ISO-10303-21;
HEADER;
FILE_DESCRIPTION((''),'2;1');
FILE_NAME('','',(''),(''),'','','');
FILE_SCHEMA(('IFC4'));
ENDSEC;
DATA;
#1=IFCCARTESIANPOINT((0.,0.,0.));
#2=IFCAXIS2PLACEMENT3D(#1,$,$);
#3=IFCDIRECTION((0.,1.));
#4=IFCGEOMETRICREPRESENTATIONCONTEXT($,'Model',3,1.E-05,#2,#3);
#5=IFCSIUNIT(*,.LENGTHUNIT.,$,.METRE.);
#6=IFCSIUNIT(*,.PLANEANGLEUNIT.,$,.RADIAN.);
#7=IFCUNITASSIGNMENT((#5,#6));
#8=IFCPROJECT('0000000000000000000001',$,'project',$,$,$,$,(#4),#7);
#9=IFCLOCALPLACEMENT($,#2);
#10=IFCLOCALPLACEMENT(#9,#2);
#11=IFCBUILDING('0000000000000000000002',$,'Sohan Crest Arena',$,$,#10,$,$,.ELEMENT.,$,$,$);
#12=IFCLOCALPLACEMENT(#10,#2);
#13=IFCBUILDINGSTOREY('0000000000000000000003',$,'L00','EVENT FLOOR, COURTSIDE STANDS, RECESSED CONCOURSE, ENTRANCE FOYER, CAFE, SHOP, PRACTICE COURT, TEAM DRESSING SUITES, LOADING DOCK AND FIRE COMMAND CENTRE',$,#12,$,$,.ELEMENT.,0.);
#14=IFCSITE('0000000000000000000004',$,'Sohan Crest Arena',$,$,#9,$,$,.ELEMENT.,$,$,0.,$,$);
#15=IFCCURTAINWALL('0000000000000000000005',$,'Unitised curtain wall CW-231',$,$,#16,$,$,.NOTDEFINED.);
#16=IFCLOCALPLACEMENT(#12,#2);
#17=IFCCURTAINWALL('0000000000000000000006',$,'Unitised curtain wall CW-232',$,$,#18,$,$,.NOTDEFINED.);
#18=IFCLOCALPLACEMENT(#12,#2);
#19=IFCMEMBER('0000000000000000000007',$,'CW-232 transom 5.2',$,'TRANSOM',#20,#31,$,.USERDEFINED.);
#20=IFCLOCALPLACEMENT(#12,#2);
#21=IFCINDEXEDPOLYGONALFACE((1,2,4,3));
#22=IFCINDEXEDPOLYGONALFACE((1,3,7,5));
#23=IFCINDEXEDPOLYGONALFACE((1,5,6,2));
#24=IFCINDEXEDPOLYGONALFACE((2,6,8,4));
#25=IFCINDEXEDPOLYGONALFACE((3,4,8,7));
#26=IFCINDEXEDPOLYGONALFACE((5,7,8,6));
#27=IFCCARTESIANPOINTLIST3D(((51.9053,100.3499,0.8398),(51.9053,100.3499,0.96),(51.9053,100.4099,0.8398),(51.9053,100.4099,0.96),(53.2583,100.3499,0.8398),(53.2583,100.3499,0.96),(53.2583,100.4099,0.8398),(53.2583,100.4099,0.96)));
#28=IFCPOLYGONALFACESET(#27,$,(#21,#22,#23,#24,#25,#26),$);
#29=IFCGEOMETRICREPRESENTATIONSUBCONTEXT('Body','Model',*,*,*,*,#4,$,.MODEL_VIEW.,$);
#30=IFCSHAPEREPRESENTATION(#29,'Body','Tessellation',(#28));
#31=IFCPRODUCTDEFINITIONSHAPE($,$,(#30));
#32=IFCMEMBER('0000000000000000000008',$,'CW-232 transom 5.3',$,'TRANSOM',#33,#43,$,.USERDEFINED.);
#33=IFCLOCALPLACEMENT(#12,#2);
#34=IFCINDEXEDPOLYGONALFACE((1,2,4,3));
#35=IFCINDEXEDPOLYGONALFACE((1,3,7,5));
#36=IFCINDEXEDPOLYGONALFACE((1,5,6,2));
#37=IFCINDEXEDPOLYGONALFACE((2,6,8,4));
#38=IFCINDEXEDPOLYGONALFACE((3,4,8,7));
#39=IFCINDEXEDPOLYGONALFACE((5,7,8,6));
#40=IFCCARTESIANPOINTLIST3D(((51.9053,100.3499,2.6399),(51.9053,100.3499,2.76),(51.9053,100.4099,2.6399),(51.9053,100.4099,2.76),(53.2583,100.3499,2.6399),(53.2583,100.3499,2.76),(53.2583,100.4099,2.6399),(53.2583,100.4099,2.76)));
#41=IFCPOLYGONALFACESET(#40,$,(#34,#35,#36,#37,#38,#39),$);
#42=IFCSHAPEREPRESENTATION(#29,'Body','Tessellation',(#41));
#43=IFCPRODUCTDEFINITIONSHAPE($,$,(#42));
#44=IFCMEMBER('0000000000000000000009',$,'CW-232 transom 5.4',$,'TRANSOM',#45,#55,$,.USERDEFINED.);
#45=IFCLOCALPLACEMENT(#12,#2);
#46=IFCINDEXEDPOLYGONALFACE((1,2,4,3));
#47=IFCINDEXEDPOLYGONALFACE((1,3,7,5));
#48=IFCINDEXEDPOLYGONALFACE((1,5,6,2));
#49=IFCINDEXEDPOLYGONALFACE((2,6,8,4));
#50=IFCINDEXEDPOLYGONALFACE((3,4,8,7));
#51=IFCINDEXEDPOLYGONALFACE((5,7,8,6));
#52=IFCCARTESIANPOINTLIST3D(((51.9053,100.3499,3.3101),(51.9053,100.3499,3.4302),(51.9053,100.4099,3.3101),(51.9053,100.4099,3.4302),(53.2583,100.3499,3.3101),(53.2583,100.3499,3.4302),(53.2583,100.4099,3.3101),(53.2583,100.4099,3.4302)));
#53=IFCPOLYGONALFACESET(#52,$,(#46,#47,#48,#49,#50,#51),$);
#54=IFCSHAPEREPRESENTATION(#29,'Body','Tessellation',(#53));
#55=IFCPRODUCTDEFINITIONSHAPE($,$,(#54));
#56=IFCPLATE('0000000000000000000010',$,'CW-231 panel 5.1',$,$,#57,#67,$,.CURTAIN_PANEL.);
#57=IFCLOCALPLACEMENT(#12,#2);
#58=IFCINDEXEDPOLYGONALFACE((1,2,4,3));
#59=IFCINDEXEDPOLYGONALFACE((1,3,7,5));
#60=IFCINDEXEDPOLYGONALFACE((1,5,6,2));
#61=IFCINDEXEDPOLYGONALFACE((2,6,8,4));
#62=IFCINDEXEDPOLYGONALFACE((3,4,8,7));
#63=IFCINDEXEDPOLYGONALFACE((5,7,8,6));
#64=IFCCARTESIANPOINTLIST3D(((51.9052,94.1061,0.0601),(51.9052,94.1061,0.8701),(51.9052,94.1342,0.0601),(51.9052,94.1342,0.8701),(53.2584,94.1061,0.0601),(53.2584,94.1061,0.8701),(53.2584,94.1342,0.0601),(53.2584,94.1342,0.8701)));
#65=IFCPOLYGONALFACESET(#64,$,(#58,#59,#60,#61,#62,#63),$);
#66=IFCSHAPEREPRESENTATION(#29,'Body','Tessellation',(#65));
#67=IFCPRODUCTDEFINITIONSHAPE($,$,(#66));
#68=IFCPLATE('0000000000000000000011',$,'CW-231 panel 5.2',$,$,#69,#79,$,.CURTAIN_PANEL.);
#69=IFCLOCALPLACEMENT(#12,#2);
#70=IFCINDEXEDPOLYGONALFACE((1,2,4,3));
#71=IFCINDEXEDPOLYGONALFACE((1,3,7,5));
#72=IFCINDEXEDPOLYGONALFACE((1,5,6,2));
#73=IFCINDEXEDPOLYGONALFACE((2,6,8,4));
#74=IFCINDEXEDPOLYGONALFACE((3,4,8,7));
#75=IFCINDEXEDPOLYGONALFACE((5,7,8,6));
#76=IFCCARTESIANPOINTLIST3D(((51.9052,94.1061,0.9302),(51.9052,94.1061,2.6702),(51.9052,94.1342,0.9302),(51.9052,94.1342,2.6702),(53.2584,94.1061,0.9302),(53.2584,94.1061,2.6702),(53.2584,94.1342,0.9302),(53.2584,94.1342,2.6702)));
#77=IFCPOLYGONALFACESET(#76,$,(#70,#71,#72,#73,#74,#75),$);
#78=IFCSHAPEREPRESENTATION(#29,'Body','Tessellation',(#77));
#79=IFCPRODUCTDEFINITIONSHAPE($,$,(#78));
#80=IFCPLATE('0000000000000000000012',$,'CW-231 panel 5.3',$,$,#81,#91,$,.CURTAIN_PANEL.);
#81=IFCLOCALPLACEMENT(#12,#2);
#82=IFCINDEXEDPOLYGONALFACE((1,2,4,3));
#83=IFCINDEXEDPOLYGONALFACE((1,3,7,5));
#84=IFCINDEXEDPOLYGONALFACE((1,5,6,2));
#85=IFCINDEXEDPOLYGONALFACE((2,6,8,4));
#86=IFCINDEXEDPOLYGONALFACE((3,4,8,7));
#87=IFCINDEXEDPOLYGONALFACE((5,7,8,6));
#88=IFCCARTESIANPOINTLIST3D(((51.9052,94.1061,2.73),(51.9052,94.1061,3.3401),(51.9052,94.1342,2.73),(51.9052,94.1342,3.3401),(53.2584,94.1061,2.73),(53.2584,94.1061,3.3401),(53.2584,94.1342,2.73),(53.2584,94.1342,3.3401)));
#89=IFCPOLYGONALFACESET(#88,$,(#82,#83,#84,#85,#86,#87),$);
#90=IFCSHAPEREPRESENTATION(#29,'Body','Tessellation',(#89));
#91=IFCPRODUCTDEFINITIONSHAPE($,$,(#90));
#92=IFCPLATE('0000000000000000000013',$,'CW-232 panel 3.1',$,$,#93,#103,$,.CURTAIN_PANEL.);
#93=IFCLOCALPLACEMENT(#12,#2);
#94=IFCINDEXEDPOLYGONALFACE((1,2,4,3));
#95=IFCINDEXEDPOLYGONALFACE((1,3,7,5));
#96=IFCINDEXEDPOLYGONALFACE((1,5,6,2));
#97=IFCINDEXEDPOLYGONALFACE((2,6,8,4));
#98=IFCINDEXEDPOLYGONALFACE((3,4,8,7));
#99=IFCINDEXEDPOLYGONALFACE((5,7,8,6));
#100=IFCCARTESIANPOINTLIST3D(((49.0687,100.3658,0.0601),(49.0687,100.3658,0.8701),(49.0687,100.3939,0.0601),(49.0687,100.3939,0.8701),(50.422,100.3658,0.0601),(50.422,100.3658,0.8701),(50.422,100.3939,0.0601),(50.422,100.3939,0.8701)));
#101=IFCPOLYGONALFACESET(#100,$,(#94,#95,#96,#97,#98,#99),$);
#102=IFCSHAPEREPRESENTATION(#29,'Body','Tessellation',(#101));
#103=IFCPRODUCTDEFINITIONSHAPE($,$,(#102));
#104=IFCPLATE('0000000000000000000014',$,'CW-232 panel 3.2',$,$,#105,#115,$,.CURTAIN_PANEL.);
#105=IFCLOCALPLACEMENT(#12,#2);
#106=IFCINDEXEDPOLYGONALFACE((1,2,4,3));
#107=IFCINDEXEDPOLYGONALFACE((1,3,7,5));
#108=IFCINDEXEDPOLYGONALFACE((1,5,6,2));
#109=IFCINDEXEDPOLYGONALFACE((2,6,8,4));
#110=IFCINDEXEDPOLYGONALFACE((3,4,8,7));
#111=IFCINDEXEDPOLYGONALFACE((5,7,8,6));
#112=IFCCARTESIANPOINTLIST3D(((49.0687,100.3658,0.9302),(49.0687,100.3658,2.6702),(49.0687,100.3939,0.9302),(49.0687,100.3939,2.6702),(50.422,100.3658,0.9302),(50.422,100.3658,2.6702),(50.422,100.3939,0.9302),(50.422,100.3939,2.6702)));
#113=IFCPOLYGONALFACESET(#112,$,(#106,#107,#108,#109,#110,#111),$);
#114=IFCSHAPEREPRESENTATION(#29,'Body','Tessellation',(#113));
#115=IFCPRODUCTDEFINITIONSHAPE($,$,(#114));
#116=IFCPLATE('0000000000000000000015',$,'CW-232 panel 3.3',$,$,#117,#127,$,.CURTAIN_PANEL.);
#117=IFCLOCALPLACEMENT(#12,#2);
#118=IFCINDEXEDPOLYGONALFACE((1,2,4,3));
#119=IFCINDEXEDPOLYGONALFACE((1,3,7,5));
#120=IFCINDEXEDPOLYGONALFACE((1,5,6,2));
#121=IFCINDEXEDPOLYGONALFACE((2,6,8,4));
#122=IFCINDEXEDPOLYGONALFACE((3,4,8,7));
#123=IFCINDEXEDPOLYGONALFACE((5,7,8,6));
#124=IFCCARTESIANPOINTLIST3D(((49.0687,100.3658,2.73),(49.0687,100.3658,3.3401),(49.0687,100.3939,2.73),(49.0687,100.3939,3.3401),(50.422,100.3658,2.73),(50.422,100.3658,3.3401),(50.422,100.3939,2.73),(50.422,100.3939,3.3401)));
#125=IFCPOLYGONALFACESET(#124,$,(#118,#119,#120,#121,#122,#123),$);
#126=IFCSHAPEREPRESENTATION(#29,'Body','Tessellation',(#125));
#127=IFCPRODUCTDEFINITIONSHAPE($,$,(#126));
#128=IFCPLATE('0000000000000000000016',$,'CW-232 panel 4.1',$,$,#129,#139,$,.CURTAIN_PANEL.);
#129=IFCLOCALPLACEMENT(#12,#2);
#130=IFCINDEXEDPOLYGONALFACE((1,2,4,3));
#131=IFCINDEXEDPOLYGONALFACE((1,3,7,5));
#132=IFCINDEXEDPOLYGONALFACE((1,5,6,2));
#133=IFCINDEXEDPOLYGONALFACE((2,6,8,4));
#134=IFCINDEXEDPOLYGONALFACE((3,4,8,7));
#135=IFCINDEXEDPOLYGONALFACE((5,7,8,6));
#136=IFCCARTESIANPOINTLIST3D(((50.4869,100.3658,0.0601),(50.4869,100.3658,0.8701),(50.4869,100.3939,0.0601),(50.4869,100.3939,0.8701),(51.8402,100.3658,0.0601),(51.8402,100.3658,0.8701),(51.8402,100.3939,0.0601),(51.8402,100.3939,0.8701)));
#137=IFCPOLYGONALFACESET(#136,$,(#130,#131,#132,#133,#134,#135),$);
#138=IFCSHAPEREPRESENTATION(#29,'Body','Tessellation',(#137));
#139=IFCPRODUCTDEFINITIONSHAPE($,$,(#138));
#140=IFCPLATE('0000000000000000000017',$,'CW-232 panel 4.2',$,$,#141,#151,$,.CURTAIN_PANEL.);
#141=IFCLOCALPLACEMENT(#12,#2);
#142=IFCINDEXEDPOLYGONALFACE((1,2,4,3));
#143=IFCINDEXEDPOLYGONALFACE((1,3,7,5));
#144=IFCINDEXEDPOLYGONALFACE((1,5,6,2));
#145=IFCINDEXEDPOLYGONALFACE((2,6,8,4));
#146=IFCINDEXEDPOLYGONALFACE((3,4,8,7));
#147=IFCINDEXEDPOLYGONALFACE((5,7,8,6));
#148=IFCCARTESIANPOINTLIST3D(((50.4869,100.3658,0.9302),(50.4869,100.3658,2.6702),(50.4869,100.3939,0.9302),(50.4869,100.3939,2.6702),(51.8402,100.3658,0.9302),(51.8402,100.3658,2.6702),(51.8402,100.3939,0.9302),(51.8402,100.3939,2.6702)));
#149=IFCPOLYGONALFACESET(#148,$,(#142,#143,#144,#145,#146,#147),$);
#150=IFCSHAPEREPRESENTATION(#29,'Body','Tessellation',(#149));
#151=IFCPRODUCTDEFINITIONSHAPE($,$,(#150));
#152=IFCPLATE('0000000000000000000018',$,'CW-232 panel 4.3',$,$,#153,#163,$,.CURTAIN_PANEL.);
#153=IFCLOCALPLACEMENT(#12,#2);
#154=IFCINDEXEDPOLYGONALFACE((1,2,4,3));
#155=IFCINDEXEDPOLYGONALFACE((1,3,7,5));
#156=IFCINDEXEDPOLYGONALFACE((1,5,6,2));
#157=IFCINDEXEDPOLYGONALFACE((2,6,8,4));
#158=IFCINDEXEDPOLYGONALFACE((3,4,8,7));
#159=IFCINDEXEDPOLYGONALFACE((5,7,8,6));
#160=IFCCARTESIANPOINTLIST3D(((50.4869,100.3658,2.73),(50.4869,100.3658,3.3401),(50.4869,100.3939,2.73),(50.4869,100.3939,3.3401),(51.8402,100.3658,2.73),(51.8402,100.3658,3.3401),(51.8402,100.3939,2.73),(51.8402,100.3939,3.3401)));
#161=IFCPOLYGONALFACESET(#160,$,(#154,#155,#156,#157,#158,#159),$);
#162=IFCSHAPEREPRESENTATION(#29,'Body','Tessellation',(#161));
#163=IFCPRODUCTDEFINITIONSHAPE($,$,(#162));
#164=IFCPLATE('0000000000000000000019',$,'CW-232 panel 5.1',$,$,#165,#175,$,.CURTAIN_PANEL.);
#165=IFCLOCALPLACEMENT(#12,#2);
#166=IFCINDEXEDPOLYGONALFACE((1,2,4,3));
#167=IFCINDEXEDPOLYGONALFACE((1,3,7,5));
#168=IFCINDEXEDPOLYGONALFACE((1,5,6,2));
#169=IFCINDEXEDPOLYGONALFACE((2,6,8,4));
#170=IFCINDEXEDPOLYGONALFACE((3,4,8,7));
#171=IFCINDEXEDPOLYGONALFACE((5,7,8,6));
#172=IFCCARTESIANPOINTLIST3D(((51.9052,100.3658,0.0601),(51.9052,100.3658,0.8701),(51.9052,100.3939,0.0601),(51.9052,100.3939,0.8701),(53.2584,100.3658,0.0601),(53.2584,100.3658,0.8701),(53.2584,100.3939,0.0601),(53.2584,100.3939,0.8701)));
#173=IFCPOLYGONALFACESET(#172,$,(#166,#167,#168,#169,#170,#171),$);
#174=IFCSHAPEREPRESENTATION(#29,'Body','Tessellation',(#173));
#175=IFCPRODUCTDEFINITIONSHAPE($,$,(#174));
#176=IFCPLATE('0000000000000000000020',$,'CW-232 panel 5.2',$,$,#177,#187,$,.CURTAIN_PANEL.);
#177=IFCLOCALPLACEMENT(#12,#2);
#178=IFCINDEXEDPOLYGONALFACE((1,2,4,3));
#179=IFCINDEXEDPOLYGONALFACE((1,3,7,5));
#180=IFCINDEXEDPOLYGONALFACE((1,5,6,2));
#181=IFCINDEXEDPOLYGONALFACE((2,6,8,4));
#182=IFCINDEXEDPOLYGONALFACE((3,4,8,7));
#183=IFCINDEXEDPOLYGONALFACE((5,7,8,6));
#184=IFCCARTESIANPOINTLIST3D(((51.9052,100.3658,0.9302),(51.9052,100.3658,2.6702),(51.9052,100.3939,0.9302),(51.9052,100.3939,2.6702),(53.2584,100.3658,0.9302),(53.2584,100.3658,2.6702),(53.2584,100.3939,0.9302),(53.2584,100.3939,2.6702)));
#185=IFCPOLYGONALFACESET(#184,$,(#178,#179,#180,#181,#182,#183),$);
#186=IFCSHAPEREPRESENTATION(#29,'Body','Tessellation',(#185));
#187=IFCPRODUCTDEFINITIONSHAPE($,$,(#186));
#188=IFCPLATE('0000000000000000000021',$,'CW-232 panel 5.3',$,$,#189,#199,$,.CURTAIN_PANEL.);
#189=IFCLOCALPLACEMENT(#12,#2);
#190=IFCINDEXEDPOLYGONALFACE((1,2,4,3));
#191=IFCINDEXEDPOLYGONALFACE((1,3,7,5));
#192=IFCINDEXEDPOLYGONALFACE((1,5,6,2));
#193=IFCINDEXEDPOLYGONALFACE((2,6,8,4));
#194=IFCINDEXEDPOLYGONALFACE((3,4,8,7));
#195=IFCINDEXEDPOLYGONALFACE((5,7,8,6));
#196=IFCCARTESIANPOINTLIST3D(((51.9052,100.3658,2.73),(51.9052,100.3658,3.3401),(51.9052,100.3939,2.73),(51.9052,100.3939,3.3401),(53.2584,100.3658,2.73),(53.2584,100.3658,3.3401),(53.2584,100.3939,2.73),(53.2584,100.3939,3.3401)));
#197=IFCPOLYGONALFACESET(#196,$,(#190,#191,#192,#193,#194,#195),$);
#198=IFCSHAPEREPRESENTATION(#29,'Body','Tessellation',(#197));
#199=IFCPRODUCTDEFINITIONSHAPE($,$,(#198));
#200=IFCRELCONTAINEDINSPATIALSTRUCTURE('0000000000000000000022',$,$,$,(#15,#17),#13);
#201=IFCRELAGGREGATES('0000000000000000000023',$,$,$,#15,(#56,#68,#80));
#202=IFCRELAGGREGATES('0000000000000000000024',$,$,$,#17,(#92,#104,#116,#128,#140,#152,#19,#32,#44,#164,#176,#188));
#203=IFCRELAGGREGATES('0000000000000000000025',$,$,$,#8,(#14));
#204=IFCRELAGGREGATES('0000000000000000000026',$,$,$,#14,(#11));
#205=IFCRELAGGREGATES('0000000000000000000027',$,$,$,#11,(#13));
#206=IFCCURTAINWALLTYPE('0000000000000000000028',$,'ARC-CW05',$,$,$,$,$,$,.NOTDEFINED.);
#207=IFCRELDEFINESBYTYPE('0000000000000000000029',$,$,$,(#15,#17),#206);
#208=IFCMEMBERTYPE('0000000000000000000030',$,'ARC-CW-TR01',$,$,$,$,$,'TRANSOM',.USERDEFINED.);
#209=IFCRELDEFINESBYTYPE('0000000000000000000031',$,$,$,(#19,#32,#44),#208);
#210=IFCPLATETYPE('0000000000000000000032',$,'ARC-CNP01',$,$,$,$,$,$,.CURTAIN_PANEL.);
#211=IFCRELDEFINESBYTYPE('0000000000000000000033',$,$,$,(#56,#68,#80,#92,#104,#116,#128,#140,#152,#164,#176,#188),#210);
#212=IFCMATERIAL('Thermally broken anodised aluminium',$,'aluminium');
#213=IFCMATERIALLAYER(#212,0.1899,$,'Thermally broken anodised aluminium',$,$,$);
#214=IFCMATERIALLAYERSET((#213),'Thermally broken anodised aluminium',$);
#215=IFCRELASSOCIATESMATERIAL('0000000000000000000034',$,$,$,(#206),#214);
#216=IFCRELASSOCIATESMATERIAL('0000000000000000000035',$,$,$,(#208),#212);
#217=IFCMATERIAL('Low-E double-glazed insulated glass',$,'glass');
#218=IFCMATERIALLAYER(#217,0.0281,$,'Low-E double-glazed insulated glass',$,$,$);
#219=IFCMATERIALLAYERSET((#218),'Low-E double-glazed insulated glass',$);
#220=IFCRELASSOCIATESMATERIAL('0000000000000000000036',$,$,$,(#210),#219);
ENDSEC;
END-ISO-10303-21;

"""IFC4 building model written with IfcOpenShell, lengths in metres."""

from ifc_helpers import new_model, si_unit, direction, frame, origin, origin_2d, place, context, subcontext, project, spatial, rectangle, extrude, material, layer, layer_set, material_profile, profile_set, type_object, element, aggregate, save


model = new_model("IFC4")

# Units and contexts
model_context = context("Model", 3, precision=1e-05, world=origin(), true_north=direction((0.0, 1.0)))
body_context = subcontext(model_context, "Body", "Model", "MODEL_VIEW")
ifc_project = project(units=[si_unit("LENGTHUNIT", "METRE"), si_unit("PLANEANGLEUNIT", "RADIAN")], contexts=[model_context])

# Site, building, storey
site_placement = place(None, origin())
site = spatial("IfcSite", under=ifc_project, at=site_placement, Name="Sohan Crest Arena", CompositionType="ELEMENT", RefElevation=0.0)
building_placement = place(site_placement, origin())
building = spatial("IfcBuilding", under=site, at=building_placement, Name="Sohan Crest Arena", CompositionType="ELEMENT")
storey_placement = place(building_placement, origin())
storey = spatial("IfcBuildingStorey", under=building, at=storey_placement, Name="L00", Description="EVENT FLOOR, COURTSIDE STANDS, RECESSED CONCOURSE, ENTRANCE FOYER, CAFE, SHOP, PRACTICE COURT, TEAM DRESSING SUITES, LOADING DOCK AND FIRE COMMAND CENTRE", CompositionType="ELEMENT", Elevation=0.0)

# Curtain wall
ifc_material_1 = material(Name="Thermally broken anodised aluminium", Category="aluminium")
ifc_layer_1 = layer(ifc_material_1, 0.1899, Name="Thermally broken anodised aluminium")
ifc_layer_set_1 = layer_set([ifc_layer_1], Name="Thermally broken anodised aluminium")
curtain_wall_type = type_object("IfcCurtainWallType", Name="ARC-CW05", PredefinedType="NOTDEFINED", material=ifc_layer_set_1)
curtain_wall_1_placement = place(storey_placement, origin())
curtain_wall_1 = element("IfcCurtainWall", 1, at=curtain_wall_1_placement, inside=storey, type_object=curtain_wall_type, Name="Unitised curtain wall CW-231", PredefinedType="NOTDEFINED")

# Curtain wall
curtain_wall_2_placement = place(storey_placement, origin())
curtain_wall_2 = element("IfcCurtainWall", 2, at=curtain_wall_2_placement, inside=storey, type_object=curtain_wall_type, Name="Unitised curtain wall CW-232", PredefinedType="NOTDEFINED")

# Members
ifc_material_profile_1 = material_profile(ifc_material_1, rectangle(XDim=0.0601, YDim=0.1201, at=origin_2d()), Name="ALU-TRAN 60x120")
ifc_profile_set_1 = profile_set([ifc_material_profile_1], Name="Thermally broken anodised aluminium")
member_type_1 = type_object("IfcMemberType", Name="ARC-CW-TR01", ElementType="TRANSOM", PredefinedType="USERDEFINED", material=ifc_profile_set_1)
member_1_placement = place(storey_placement, frame((51.9053, 100.3799, 0.8999), z_axis=(1.0, 0.0, 0.0), x_axis=(0.0, 1.0, 0.0)))
member_1 = element("IfcMember", 3, at=member_1_placement, type_object=member_type_1, Name="CW-232 transom 5.2", ObjectType="TRANSOM", PredefinedType="USERDEFINED", context=body_context, shape_type="SweptSolid", body=[
    extrude(rectangle(XDim=0.0601, YDim=0.1201, at=origin_2d()), origin(), (0.0, 0.0, 1.0), 1.353),
])
member_2_placement = place(storey_placement, frame((51.9053, 100.3799, 2.7), z_axis=(1.0, 0.0, 0.0), x_axis=(0.0, 1.0, 0.0)))
member_2 = element("IfcMember", 4, at=member_2_placement, type_object=member_type_1, Name="CW-232 transom 5.3", ObjectType="TRANSOM", PredefinedType="USERDEFINED", context=body_context, shape_type="SweptSolid", body=[
    extrude(rectangle(XDim=0.0601, YDim=0.1201, at=origin_2d()), origin(), (0.0, 0.0, 1.0), 1.353),
])
member_3_placement = place(storey_placement, frame((51.9053, 100.3799, 3.3701), z_axis=(1.0, 0.0, 0.0), x_axis=(0.0, 1.0, 0.0)))
member_3 = element("IfcMember", 5, at=member_3_placement, type_object=member_type_1, Name="CW-232 transom 5.4", ObjectType="TRANSOM", PredefinedType="USERDEFINED", context=body_context, shape_type="SweptSolid", body=[
    extrude(rectangle(XDim=0.0601, YDim=0.1201, at=origin_2d()), origin(), (0.0, 0.0, 1.0), 1.353),
])

# Plates
ifc_material_2 = material(Name="Low-E double-glazed insulated glass", Category="glass")
ifc_layer_2 = layer(ifc_material_2, 0.0281, Name="Low-E double-glazed insulated glass")
ifc_layer_set_2 = layer_set([ifc_layer_2], Name="Low-E double-glazed insulated glass")
plate_type = type_object("IfcPlateType", Name="ARC-CNP01", PredefinedType="CURTAIN_PANEL", material=ifc_layer_set_2)
plate_1_placement = place(storey_placement, frame((52.5818, 94.1201, 0.0601), z_axis=(0.0, 0.0, 1.0), x_axis=(1.0, 0.0, 0.0)))
plate_1 = element("IfcPlate", 6, at=plate_1_placement, type_object=plate_type, Name="CW-231 panel 5.1", PredefinedType="CURTAIN_PANEL", context=body_context, shape_type="SweptSolid", body=[
    extrude(rectangle(XDim=1.3533, YDim=0.0281, at=origin_2d()), origin(), (0.0, 0.0, 1.0), 0.8101),
])
plate_2_placement = place(storey_placement, frame((52.5818, 94.1201, 0.9302), z_axis=(0.0, 0.0, 1.0), x_axis=(1.0, 0.0, 0.0)))
plate_2 = element("IfcPlate", 7, at=plate_2_placement, type_object=plate_type, Name="CW-231 panel 5.2", PredefinedType="CURTAIN_PANEL", context=body_context, shape_type="SweptSolid", body=[
    extrude(rectangle(XDim=1.3533, YDim=0.0281, at=origin_2d()), origin(), (0.0, 0.0, 1.0), 1.74),
])
plate_3_placement = place(storey_placement, frame((52.5818, 94.1201, 2.73), z_axis=(0.0, 0.0, 1.0), x_axis=(1.0, 0.0, 0.0)))
plate_3 = element("IfcPlate", 8, at=plate_3_placement, type_object=plate_type, Name="CW-231 panel 5.3", PredefinedType="CURTAIN_PANEL", context=body_context, shape_type="SweptSolid", body=[
    extrude(rectangle(XDim=1.3533, YDim=0.0281, at=origin_2d()), origin(), (0.0, 0.0, 1.0), 0.6101),
])
aggregate(curtain_wall_1, [plate_1, plate_2, plate_3])
plate_4_placement = place(storey_placement, frame((49.7454, 100.3799, 0.0601), z_axis=(0.0, 0.0, 1.0), x_axis=(1.0, 0.0, 0.0)))
plate_4 = element("IfcPlate", 9, at=plate_4_placement, type_object=plate_type, Name="CW-232 panel 3.1", PredefinedType="CURTAIN_PANEL", context=body_context, shape_type="SweptSolid", body=[
    extrude(rectangle(XDim=1.3533, YDim=0.0281, at=origin_2d()), origin(), (0.0, 0.0, 1.0), 0.8101),
])
plate_5_placement = place(storey_placement, frame((49.7454, 100.3799, 0.9302), z_axis=(0.0, 0.0, 1.0), x_axis=(1.0, 0.0, 0.0)))
plate_5 = element("IfcPlate", 10, at=plate_5_placement, type_object=plate_type, Name="CW-232 panel 3.2", PredefinedType="CURTAIN_PANEL", context=body_context, shape_type="SweptSolid", body=[
    extrude(rectangle(XDim=1.3533, YDim=0.0281, at=origin_2d()), origin(), (0.0, 0.0, 1.0), 1.74),
])
plate_6_placement = place(storey_placement, frame((49.7454, 100.3799, 2.73), z_axis=(0.0, 0.0, 1.0), x_axis=(1.0, 0.0, 0.0)))
plate_6 = element("IfcPlate", 11, at=plate_6_placement, type_object=plate_type, Name="CW-232 panel 3.3", PredefinedType="CURTAIN_PANEL", context=body_context, shape_type="SweptSolid", body=[
    extrude(rectangle(XDim=1.3533, YDim=0.0281, at=origin_2d()), origin(), (0.0, 0.0, 1.0), 0.6101),
])
plate_7_placement = place(storey_placement, frame((51.1636, 100.3799, 0.0601), z_axis=(0.0, 0.0, 1.0), x_axis=(1.0, 0.0, 0.0)))
plate_7 = element("IfcPlate", 12, at=plate_7_placement, type_object=plate_type, Name="CW-232 panel 4.1", PredefinedType="CURTAIN_PANEL", context=body_context, shape_type="SweptSolid", body=[
    extrude(rectangle(XDim=1.3533, YDim=0.0281, at=origin_2d()), origin(), (0.0, 0.0, 1.0), 0.8101),
])
plate_8_placement = place(storey_placement, frame((51.1636, 100.3799, 0.9302), z_axis=(0.0, 0.0, 1.0), x_axis=(1.0, 0.0, 0.0)))
plate_8 = element("IfcPlate", 13, at=plate_8_placement, type_object=plate_type, Name="CW-232 panel 4.2", PredefinedType="CURTAIN_PANEL", context=body_context, shape_type="SweptSolid", body=[
    extrude(rectangle(XDim=1.3533, YDim=0.0281, at=origin_2d()), origin(), (0.0, 0.0, 1.0), 1.74),
])
plate_9_placement = place(storey_placement, frame((51.1636, 100.3799, 2.73), z_axis=(0.0, 0.0, 1.0), x_axis=(1.0, 0.0, 0.0)))
plate_9 = element("IfcPlate", 14, at=plate_9_placement, type_object=plate_type, Name="CW-232 panel 4.3", PredefinedType="CURTAIN_PANEL", context=body_context, shape_type="SweptSolid", body=[
    extrude(rectangle(XDim=1.3533, YDim=0.0281, at=origin_2d()), origin(), (0.0, 0.0, 1.0), 0.6101),
])
plate_10_placement = place(storey_placement, frame((52.5818, 100.3799, 0.0601), z_axis=(0.0, 0.0, 1.0), x_axis=(1.0, 0.0, 0.0)))
plate_10 = element("IfcPlate", 15, at=plate_10_placement, type_object=plate_type, Name="CW-232 panel 5.1", PredefinedType="CURTAIN_PANEL", context=body_context, shape_type="SweptSolid", body=[
    extrude(rectangle(XDim=1.3533, YDim=0.0281, at=origin_2d()), origin(), (0.0, 0.0, 1.0), 0.8101),
])
plate_11_placement = place(storey_placement, frame((52.5818, 100.3799, 0.9302), z_axis=(0.0, 0.0, 1.0), x_axis=(1.0, 0.0, 0.0)))
plate_11 = element("IfcPlate", 16, at=plate_11_placement, type_object=plate_type, Name="CW-232 panel 5.2", PredefinedType="CURTAIN_PANEL", context=body_context, shape_type="SweptSolid", body=[
    extrude(rectangle(XDim=1.3533, YDim=0.0281, at=origin_2d()), origin(), (0.0, 0.0, 1.0), 1.74),
])
plate_12_placement = place(storey_placement, frame((52.5818, 100.3799, 2.73), z_axis=(0.0, 0.0, 1.0), x_axis=(1.0, 0.0, 0.0)))
plate_12 = element("IfcPlate", 17, at=plate_12_placement, type_object=plate_type, Name="CW-232 panel 5.3", PredefinedType="CURTAIN_PANEL", context=body_context, shape_type="SweptSolid", body=[
    extrude(rectangle(XDim=1.3533, YDim=0.0281, at=origin_2d()), origin(), (0.0, 0.0, 1.0), 0.6101),
])
aggregate(curtain_wall_2, [plate_4, plate_5, plate_6, plate_7, plate_8, plate_9, member_1, member_2, member_3, plate_10, plate_11, plate_12])

save(model, "model.ifc")
